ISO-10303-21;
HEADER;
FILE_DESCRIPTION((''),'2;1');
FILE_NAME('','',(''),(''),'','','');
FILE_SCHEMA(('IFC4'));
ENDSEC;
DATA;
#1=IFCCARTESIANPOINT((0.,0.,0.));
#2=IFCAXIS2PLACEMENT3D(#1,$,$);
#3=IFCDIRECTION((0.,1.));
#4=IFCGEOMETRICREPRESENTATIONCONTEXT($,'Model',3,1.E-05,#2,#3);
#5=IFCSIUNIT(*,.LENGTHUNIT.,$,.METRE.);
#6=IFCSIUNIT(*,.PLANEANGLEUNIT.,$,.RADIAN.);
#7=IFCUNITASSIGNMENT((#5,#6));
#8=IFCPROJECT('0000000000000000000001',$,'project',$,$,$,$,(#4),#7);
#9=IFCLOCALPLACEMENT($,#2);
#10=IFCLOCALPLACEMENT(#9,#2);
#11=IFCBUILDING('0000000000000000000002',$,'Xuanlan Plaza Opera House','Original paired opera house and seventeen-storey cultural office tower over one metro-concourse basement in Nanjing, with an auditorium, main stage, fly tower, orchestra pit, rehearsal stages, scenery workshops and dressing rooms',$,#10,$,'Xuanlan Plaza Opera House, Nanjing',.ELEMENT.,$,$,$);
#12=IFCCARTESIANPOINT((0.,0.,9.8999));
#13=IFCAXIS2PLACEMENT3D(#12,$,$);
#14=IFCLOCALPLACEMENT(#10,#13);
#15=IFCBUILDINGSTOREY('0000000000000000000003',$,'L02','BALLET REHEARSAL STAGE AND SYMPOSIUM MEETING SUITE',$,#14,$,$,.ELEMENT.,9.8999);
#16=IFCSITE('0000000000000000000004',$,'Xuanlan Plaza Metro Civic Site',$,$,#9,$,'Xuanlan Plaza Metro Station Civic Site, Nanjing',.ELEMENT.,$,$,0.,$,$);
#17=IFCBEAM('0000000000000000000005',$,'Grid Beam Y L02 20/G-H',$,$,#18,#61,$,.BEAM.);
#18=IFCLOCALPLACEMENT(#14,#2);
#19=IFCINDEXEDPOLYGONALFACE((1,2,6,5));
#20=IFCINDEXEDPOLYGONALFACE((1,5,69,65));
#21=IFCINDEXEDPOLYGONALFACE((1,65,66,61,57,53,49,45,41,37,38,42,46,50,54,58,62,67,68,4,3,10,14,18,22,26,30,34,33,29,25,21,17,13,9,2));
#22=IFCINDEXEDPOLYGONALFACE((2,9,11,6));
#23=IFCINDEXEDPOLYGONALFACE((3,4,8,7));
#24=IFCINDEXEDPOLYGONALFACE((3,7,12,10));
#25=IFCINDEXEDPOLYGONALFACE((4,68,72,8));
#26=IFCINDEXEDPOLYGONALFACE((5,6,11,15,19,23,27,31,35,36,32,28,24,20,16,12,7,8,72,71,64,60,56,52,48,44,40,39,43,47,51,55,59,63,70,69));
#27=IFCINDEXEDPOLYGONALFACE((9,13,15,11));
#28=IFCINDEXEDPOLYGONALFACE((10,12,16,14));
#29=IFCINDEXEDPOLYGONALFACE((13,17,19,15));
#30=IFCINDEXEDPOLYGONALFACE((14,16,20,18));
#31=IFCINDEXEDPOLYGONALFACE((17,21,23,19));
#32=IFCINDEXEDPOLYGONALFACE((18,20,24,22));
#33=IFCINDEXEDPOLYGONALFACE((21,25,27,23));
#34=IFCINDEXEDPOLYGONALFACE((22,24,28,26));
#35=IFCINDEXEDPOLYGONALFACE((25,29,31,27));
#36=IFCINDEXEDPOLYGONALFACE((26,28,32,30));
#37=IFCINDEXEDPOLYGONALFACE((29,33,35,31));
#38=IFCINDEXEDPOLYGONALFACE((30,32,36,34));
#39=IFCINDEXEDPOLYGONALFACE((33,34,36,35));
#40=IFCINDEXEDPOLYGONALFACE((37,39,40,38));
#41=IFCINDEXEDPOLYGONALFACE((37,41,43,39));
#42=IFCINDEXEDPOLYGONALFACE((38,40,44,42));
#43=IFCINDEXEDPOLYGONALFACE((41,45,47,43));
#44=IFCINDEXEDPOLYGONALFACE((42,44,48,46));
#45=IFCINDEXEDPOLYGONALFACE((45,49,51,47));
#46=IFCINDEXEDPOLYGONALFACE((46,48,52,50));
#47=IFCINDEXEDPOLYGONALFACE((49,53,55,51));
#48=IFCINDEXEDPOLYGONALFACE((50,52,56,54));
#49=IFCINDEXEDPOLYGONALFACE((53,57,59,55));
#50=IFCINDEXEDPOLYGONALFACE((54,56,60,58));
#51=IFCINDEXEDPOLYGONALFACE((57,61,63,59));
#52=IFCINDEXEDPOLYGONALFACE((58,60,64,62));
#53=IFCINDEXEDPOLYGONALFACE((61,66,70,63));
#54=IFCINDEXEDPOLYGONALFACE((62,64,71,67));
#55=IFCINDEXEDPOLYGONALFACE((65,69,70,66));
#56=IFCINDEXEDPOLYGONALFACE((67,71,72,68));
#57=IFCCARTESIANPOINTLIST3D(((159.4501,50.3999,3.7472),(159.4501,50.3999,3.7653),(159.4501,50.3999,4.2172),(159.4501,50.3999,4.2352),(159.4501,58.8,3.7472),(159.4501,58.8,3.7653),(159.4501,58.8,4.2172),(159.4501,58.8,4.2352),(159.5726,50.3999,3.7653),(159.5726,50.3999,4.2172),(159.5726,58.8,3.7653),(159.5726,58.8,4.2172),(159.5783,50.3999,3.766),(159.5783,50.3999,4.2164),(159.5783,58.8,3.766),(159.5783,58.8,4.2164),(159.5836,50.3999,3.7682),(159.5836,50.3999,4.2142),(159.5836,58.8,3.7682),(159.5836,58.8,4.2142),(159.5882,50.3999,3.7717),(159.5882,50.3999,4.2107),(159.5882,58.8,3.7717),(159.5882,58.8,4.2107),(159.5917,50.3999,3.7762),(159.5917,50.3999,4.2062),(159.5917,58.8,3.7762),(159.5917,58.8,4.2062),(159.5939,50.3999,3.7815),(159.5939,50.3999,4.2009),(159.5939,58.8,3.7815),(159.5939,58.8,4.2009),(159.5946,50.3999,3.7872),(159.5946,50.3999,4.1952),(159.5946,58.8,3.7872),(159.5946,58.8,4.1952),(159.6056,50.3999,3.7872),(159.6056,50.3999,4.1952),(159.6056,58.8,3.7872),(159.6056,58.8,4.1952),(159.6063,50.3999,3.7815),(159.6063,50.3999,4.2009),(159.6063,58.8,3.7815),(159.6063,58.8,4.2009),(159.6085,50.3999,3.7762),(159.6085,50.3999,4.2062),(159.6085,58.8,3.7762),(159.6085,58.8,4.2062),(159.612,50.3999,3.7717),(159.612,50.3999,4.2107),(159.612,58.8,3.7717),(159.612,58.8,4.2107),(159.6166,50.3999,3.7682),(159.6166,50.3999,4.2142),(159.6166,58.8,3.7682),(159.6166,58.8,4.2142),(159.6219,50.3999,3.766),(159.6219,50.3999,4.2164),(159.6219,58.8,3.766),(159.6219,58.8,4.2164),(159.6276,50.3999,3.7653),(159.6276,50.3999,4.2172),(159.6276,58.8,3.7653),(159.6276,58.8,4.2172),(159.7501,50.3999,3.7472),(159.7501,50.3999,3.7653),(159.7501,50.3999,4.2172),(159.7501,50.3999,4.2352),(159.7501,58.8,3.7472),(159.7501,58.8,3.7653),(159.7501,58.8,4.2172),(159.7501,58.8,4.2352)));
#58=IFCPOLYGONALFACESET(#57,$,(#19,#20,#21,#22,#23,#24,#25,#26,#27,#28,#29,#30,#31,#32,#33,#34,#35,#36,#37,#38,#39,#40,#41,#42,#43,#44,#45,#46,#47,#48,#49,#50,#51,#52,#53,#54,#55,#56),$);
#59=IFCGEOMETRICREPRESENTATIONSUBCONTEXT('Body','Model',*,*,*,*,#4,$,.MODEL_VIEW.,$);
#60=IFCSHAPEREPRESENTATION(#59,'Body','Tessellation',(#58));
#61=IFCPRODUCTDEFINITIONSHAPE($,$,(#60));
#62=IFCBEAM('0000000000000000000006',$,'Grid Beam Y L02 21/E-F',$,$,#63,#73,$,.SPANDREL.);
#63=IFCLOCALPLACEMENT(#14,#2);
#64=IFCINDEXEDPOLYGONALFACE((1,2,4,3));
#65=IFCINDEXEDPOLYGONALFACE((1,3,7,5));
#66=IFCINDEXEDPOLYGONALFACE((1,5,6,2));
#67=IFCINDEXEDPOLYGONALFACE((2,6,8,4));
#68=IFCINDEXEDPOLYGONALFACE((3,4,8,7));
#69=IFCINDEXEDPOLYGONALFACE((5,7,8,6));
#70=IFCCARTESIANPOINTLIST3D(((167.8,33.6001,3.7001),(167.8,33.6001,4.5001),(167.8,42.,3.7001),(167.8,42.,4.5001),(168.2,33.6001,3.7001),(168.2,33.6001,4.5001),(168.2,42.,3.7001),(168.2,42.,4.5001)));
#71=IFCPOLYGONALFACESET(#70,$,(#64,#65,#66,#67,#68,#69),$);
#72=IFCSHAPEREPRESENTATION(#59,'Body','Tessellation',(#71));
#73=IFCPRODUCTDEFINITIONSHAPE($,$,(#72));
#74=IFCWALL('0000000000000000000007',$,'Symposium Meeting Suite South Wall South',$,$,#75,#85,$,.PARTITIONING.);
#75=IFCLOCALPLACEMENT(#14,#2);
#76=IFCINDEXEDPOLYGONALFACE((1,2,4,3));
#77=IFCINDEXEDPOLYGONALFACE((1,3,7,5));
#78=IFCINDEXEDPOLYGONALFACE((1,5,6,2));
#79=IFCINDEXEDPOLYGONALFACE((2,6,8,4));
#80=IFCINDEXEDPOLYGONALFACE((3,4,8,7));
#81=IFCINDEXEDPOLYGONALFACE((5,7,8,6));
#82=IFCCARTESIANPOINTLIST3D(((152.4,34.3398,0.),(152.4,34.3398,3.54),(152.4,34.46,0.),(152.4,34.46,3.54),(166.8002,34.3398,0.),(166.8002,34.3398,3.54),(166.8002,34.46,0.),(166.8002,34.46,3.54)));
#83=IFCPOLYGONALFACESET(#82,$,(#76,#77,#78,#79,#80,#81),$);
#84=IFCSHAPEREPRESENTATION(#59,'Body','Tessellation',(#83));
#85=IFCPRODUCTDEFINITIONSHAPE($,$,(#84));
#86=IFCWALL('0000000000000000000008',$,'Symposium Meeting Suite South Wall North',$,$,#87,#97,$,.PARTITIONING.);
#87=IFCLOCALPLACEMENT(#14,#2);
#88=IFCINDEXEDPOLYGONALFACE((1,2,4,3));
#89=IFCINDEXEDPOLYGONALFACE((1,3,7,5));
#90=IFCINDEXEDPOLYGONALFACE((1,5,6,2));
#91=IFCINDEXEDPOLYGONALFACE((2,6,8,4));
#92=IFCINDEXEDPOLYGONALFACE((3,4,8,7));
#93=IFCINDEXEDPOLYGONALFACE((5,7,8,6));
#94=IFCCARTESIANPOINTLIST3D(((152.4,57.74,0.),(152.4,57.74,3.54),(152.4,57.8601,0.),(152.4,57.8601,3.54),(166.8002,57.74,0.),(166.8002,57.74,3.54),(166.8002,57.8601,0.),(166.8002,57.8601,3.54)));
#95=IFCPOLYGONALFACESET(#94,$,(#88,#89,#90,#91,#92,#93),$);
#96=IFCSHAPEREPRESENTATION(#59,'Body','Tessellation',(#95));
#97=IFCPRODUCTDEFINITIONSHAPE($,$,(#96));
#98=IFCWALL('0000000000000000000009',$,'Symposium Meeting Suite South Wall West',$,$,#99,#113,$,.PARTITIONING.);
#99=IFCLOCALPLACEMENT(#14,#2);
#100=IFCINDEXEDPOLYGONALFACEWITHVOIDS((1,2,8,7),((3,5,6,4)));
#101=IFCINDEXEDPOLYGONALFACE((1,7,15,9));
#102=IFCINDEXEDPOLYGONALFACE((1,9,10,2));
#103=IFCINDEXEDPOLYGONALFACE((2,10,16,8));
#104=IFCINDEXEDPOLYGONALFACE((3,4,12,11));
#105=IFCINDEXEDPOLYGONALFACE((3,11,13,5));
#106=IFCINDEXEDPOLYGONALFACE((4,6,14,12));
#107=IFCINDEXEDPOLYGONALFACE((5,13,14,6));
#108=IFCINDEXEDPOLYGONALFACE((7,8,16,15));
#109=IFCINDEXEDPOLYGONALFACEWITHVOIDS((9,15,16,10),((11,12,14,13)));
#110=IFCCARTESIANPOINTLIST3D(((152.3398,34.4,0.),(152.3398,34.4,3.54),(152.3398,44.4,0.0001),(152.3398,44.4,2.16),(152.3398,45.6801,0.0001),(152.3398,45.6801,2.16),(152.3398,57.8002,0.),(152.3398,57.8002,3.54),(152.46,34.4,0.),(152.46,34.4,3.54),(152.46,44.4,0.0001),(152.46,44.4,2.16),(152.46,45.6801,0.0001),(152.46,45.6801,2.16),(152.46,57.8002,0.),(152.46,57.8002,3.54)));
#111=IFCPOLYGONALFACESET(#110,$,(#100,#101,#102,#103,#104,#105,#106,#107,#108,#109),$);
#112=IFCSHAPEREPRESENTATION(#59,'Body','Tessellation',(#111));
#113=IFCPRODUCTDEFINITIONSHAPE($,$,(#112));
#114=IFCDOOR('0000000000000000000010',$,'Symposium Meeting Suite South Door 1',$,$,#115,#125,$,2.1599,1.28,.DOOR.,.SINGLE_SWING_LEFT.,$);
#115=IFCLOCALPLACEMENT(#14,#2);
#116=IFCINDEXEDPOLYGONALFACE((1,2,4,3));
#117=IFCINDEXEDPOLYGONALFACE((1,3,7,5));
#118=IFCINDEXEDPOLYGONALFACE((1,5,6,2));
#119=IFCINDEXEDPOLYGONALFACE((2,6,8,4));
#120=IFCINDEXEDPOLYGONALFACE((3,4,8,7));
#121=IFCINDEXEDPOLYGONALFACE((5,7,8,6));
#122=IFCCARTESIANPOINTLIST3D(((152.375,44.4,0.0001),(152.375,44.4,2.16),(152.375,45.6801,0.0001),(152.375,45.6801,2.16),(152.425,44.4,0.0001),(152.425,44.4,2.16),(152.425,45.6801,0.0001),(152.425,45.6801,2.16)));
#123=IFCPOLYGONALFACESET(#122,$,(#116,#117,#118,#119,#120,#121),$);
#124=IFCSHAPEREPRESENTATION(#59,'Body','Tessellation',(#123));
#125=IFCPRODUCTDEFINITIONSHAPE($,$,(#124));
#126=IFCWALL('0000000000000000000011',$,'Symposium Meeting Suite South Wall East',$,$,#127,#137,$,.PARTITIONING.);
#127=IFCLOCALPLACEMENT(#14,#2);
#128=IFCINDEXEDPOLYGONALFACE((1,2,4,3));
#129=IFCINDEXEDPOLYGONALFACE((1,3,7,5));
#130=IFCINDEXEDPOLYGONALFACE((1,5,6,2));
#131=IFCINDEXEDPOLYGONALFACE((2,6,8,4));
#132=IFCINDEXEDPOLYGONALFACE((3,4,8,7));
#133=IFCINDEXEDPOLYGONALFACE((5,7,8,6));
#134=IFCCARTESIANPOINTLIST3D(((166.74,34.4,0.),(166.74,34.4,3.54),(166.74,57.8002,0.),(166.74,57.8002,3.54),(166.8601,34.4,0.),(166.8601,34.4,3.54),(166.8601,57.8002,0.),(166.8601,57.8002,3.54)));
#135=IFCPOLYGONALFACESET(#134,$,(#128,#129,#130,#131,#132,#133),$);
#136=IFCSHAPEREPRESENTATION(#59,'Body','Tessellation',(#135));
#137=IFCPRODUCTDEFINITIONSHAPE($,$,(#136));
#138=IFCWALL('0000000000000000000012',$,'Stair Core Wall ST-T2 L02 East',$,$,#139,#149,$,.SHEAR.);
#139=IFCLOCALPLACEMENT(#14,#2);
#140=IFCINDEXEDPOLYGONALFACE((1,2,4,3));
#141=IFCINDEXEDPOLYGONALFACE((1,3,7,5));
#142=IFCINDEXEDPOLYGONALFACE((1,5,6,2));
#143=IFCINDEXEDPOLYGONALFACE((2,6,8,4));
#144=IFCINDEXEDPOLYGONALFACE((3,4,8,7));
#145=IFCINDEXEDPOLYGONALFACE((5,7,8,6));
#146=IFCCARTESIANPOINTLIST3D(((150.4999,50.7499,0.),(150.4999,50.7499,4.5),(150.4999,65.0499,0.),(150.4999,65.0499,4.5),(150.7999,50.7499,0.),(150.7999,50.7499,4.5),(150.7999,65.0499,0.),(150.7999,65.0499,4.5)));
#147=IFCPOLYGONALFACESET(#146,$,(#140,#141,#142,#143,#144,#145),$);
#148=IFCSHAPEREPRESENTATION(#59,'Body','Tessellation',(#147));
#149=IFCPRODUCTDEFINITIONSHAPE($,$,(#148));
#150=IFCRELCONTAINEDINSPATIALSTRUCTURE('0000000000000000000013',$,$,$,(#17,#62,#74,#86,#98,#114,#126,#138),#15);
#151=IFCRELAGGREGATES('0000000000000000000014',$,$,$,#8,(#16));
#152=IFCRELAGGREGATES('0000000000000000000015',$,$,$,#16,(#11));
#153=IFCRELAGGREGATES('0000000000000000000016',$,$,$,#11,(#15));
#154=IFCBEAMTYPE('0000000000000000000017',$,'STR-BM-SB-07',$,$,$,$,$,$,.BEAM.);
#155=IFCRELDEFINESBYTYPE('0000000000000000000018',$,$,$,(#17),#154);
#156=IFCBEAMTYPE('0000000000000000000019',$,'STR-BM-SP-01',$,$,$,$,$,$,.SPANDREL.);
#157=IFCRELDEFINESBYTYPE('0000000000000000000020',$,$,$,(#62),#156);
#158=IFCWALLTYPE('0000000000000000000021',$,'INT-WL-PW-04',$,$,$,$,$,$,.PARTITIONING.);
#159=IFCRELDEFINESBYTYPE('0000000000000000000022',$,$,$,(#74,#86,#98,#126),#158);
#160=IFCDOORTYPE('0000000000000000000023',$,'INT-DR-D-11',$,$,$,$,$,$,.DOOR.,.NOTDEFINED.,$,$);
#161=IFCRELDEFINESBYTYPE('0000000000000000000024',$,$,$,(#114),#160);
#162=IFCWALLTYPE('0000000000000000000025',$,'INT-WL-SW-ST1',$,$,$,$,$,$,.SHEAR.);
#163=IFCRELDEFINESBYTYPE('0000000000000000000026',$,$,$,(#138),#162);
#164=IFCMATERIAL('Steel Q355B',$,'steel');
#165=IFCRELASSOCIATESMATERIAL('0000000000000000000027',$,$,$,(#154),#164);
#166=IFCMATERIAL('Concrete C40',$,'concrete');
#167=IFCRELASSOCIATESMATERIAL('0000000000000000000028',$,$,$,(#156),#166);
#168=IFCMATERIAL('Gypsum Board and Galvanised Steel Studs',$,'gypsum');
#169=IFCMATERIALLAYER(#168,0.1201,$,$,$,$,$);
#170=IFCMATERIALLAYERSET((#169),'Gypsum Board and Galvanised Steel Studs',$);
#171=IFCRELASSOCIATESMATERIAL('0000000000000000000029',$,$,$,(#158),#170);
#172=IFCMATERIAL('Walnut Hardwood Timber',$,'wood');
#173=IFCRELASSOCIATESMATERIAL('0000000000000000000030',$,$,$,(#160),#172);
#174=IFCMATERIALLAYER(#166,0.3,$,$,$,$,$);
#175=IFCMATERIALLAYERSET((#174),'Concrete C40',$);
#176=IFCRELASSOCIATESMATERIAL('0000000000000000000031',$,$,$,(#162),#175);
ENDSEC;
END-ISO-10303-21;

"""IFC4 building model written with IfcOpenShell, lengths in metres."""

from ifc_helpers import new_model, si_unit, direction, frame, frame_2d, origin, origin_2d, place, context, subcontext, project, spatial, rectangle, i_section, extrude, material, layer, layer_set, material_profile, profile_set, type_object, element, fill, save


model = new_model("IFC4")

# Units and contexts
model_context = context("Model", 3, precision=1e-05, world=origin(), true_north=direction((0.0, 1.0)))
body_context = subcontext(model_context, "Body", "Model", "MODEL_VIEW")
ifc_project = project(units=[si_unit("LENGTHUNIT", "METRE"), si_unit("PLANEANGLEUNIT", "RADIAN")], contexts=[model_context])

# Site, building, storey
site_placement = place(None, origin())
site = spatial("IfcSite", under=ifc_project, at=site_placement, Name="Xuanlan Plaza Metro Civic Site", LongName="Xuanlan Plaza Metro Station Civic Site, Nanjing", CompositionType="ELEMENT", RefElevation=0.0)
building_placement = place(site_placement, origin())
building = spatial("IfcBuilding", under=site, at=building_placement, Name="Xuanlan Plaza Opera House", Description="Original paired opera house and seventeen-storey cultural office tower over one metro-concourse basement in Nanjing, with an auditorium, main stage, fly tower, orchestra pit, rehearsal stages, scenery workshops and dressing rooms", LongName="Xuanlan Plaza Opera House, Nanjing", CompositionType="ELEMENT")
storey_placement = place(building_placement, frame((0.0, 0.0, 9.8999)))
storey = spatial("IfcBuildingStorey", under=building, at=storey_placement, Name="L02", Description="BALLET REHEARSAL STAGE AND SYMPOSIUM MEETING SUITE", CompositionType="ELEMENT", Elevation=9.8999)

# Beams
ifc_material_1 = material(Name="Concrete C40", Category="concrete")
ifc_material_2 = material(Name="Steel Q355B", Category="steel")
ifc_material_profile_1 = material_profile(ifc_material_2, i_section(OverallWidth=0.3, OverallDepth=0.488, WebThickness=0.011, FlangeThickness=0.0181, FilletRadius=0.022, at=origin_2d()), Name="HM 488x300x11x18")
ifc_profile_set_1 = profile_set([ifc_material_profile_1], Name="Steel Q355B")
beam_type_1 = type_object("IfcBeamType", Name="STR-BM-SB-07", PredefinedType="BEAM", material=ifc_profile_set_1)
beam_1_placement = place(storey_placement, frame((159.6001, 50.3999, 3.9912), z_axis=(0.0, 1.0, 0.0), x_axis=(-1.0, 0.0, 0.0)))
element("IfcBeam", 1, at=beam_1_placement, inside=storey, type_object=beam_type_1, Name="Grid Beam Y L02 20/G-H", PredefinedType="BEAM", context=body_context, shape_type="SweptSolid", body=[
    extrude(i_section(OverallWidth=0.3, OverallDepth=0.488, WebThickness=0.011, FlangeThickness=0.0181, FilletRadius=0.022, at=origin_2d()), origin(), (0.0, 0.0, 1.0), 8.4001),
])
ifc_material_profile_2 = material_profile(ifc_material_1, rectangle(XDim=0.3999, YDim=0.8, at=origin_2d()), Name="RC-SPD 400x800")
ifc_profile_set_2 = profile_set([ifc_material_profile_2], Name="Concrete C40")
beam_type_2 = type_object("IfcBeamType", Name="STR-BM-SP-01", PredefinedType="SPANDREL", material=ifc_profile_set_2)
beam_2_placement = place(storey_placement, frame((168.0, 33.6001, 4.1001), z_axis=(0.0, 1.0, 0.0), x_axis=(-1.0, 0.0, 0.0)))
element("IfcBeam", 2, at=beam_2_placement, inside=storey, type_object=beam_type_2, Name="Grid Beam Y L02 21/E-F", PredefinedType="SPANDREL", context=body_context, shape_type="SweptSolid", body=[
    extrude(rectangle(XDim=0.3999, YDim=0.8, at=origin_2d()), origin(), (0.0, 0.0, 1.0), 8.3999),
])

# Walls
ifc_material_3 = material(Name="Gypsum Board and Galvanised Steel Studs", Category="gypsum")
ifc_layer_1 = layer(ifc_material_3, 0.1201)
ifc_layer_set_1 = layer_set([ifc_layer_1], Name="Gypsum Board and Galvanised Steel Studs")
wall_type_1 = type_object("IfcWallType", Name="INT-WL-PW-04", PredefinedType="PARTITIONING", material=ifc_layer_set_1)
for number, where, z_axis, x_axis, name in (
    (3, (152.3999, 34.3999, 0.0), (0.0, 0.0, 1.0), (1.0, 0.0, 0.0), "Symposium Meeting Suite South Wall South"),
    (4, (152.3999, 57.8, 0.0), (0.0, 0.0, 1.0), (1.0, 0.0, 0.0), "Symposium Meeting Suite South Wall North"),
):
    element("IfcWall", number, at=place(storey_placement, frame(where, z_axis=z_axis, x_axis=x_axis)), inside=storey, type_object=wall_type_1, Name=name, PredefinedType="PARTITIONING", context=body_context, shape_type="SweptSolid", body=[
        extrude(rectangle(XDim=14.4001, YDim=0.1201, at=frame_2d((7.2002, 0.0))), origin(), (0.0, 0.0, 1.0), 3.54),
    ])

# Wall, opening, door
wall_1_placement = place(storey_placement, frame((152.3999, 34.3999, 0.0), z_axis=(0.0, 0.0, 1.0), x_axis=(0.0, 1.0, 0.0)))
wall_1 = element("IfcWall", 5, at=wall_1_placement, inside=storey, type_object=wall_type_1, Name="Symposium Meeting Suite South Wall West", PredefinedType="PARTITIONING", context=body_context, shape_type="SweptSolid", body=[
    extrude(rectangle(XDim=23.4001, YDim=0.1201, at=frame_2d((11.7002, 0.0))), origin(), (0.0, 0.0, 1.0), 3.54),
])
opening_placement = place(wall_1_placement, frame((10.0, 0.0, 0.0)))
opening = element("IfcOpeningElement", 6, at=opening_placement, cuts=wall_1, PredefinedType="OPENING", context=body_context, shape_type="SweptSolid", body=[
    extrude(rectangle(XDim=1.28, YDim=2.1599, at=frame_2d((0.6401, 1.0801))), frame((0.0, 0.0701, 0.0), z_axis=(0.0, -1.0, 0.0), x_axis=(1.0, 0.0, 0.0)), (0.0, 0.0, 1.0), 0.1401),
])
ifc_material_4 = material(Name="Walnut Hardwood Timber", Category="wood")
door_type = type_object("IfcDoorType", Name="INT-DR-D-11", OperationType="NOTDEFINED", PredefinedType="DOOR", material=ifc_material_4)
door_placement = place(opening_placement, origin())
door = element("IfcDoor", 7, at=door_placement, inside=storey, type_object=door_type, Name="Symposium Meeting Suite South Door 1", OperationType="SINGLE_SWING_LEFT", OverallHeight=2.1599, OverallWidth=1.28, PredefinedType="DOOR", context=body_context, shape_type="SweptSolid", body=[
    extrude(rectangle(XDim=1.28, YDim=2.1599, at=frame_2d((0.6401, 1.0801))), frame((0.0, 0.0249, 0.0), z_axis=(0.0, -1.0, 0.0), x_axis=(1.0, 0.0, 0.0)), (0.0, 0.0, 1.0), 0.05),
])
fill(opening, door)

# Walls
wall_2_placement = place(storey_placement, frame((166.8, 34.3999, 0.0), z_axis=(0.0, 0.0, 1.0), x_axis=(0.0, 1.0, 0.0)))
element("IfcWall", 8, at=wall_2_placement, inside=storey, type_object=wall_type_1, Name="Symposium Meeting Suite South Wall East", PredefinedType="PARTITIONING", context=body_context, shape_type="SweptSolid", body=[
    extrude(rectangle(XDim=23.4001, YDim=0.1201, at=frame_2d((11.7002, 0.0))), origin(), (0.0, 0.0, 1.0), 3.54),
])
ifc_layer_2 = layer(ifc_material_1, 0.3)
ifc_layer_set_2 = layer_set([ifc_layer_2], Name="Concrete C40")
wall_type_2 = type_object("IfcWallType", Name="INT-WL-SW-ST1", PredefinedType="SHEAR", material=ifc_layer_set_2)
wall_3_placement = place(storey_placement, frame((150.6499, 50.75, 0.0), z_axis=(0.0, 0.0, 1.0), x_axis=(0.0, 1.0, 0.0)))
element("IfcWall", 9, at=wall_3_placement, inside=storey, type_object=wall_type_2, Name="Stair Core Wall ST-T2 L02 East", PredefinedType="SHEAR", context=body_context, shape_type="SweptSolid", body=[
    extrude(rectangle(XDim=14.3, YDim=0.3, at=frame_2d((7.1499, 0.0))), origin(), (0.0, 0.0, 1.0), 4.5),
])

save(model, "model.ifc")
